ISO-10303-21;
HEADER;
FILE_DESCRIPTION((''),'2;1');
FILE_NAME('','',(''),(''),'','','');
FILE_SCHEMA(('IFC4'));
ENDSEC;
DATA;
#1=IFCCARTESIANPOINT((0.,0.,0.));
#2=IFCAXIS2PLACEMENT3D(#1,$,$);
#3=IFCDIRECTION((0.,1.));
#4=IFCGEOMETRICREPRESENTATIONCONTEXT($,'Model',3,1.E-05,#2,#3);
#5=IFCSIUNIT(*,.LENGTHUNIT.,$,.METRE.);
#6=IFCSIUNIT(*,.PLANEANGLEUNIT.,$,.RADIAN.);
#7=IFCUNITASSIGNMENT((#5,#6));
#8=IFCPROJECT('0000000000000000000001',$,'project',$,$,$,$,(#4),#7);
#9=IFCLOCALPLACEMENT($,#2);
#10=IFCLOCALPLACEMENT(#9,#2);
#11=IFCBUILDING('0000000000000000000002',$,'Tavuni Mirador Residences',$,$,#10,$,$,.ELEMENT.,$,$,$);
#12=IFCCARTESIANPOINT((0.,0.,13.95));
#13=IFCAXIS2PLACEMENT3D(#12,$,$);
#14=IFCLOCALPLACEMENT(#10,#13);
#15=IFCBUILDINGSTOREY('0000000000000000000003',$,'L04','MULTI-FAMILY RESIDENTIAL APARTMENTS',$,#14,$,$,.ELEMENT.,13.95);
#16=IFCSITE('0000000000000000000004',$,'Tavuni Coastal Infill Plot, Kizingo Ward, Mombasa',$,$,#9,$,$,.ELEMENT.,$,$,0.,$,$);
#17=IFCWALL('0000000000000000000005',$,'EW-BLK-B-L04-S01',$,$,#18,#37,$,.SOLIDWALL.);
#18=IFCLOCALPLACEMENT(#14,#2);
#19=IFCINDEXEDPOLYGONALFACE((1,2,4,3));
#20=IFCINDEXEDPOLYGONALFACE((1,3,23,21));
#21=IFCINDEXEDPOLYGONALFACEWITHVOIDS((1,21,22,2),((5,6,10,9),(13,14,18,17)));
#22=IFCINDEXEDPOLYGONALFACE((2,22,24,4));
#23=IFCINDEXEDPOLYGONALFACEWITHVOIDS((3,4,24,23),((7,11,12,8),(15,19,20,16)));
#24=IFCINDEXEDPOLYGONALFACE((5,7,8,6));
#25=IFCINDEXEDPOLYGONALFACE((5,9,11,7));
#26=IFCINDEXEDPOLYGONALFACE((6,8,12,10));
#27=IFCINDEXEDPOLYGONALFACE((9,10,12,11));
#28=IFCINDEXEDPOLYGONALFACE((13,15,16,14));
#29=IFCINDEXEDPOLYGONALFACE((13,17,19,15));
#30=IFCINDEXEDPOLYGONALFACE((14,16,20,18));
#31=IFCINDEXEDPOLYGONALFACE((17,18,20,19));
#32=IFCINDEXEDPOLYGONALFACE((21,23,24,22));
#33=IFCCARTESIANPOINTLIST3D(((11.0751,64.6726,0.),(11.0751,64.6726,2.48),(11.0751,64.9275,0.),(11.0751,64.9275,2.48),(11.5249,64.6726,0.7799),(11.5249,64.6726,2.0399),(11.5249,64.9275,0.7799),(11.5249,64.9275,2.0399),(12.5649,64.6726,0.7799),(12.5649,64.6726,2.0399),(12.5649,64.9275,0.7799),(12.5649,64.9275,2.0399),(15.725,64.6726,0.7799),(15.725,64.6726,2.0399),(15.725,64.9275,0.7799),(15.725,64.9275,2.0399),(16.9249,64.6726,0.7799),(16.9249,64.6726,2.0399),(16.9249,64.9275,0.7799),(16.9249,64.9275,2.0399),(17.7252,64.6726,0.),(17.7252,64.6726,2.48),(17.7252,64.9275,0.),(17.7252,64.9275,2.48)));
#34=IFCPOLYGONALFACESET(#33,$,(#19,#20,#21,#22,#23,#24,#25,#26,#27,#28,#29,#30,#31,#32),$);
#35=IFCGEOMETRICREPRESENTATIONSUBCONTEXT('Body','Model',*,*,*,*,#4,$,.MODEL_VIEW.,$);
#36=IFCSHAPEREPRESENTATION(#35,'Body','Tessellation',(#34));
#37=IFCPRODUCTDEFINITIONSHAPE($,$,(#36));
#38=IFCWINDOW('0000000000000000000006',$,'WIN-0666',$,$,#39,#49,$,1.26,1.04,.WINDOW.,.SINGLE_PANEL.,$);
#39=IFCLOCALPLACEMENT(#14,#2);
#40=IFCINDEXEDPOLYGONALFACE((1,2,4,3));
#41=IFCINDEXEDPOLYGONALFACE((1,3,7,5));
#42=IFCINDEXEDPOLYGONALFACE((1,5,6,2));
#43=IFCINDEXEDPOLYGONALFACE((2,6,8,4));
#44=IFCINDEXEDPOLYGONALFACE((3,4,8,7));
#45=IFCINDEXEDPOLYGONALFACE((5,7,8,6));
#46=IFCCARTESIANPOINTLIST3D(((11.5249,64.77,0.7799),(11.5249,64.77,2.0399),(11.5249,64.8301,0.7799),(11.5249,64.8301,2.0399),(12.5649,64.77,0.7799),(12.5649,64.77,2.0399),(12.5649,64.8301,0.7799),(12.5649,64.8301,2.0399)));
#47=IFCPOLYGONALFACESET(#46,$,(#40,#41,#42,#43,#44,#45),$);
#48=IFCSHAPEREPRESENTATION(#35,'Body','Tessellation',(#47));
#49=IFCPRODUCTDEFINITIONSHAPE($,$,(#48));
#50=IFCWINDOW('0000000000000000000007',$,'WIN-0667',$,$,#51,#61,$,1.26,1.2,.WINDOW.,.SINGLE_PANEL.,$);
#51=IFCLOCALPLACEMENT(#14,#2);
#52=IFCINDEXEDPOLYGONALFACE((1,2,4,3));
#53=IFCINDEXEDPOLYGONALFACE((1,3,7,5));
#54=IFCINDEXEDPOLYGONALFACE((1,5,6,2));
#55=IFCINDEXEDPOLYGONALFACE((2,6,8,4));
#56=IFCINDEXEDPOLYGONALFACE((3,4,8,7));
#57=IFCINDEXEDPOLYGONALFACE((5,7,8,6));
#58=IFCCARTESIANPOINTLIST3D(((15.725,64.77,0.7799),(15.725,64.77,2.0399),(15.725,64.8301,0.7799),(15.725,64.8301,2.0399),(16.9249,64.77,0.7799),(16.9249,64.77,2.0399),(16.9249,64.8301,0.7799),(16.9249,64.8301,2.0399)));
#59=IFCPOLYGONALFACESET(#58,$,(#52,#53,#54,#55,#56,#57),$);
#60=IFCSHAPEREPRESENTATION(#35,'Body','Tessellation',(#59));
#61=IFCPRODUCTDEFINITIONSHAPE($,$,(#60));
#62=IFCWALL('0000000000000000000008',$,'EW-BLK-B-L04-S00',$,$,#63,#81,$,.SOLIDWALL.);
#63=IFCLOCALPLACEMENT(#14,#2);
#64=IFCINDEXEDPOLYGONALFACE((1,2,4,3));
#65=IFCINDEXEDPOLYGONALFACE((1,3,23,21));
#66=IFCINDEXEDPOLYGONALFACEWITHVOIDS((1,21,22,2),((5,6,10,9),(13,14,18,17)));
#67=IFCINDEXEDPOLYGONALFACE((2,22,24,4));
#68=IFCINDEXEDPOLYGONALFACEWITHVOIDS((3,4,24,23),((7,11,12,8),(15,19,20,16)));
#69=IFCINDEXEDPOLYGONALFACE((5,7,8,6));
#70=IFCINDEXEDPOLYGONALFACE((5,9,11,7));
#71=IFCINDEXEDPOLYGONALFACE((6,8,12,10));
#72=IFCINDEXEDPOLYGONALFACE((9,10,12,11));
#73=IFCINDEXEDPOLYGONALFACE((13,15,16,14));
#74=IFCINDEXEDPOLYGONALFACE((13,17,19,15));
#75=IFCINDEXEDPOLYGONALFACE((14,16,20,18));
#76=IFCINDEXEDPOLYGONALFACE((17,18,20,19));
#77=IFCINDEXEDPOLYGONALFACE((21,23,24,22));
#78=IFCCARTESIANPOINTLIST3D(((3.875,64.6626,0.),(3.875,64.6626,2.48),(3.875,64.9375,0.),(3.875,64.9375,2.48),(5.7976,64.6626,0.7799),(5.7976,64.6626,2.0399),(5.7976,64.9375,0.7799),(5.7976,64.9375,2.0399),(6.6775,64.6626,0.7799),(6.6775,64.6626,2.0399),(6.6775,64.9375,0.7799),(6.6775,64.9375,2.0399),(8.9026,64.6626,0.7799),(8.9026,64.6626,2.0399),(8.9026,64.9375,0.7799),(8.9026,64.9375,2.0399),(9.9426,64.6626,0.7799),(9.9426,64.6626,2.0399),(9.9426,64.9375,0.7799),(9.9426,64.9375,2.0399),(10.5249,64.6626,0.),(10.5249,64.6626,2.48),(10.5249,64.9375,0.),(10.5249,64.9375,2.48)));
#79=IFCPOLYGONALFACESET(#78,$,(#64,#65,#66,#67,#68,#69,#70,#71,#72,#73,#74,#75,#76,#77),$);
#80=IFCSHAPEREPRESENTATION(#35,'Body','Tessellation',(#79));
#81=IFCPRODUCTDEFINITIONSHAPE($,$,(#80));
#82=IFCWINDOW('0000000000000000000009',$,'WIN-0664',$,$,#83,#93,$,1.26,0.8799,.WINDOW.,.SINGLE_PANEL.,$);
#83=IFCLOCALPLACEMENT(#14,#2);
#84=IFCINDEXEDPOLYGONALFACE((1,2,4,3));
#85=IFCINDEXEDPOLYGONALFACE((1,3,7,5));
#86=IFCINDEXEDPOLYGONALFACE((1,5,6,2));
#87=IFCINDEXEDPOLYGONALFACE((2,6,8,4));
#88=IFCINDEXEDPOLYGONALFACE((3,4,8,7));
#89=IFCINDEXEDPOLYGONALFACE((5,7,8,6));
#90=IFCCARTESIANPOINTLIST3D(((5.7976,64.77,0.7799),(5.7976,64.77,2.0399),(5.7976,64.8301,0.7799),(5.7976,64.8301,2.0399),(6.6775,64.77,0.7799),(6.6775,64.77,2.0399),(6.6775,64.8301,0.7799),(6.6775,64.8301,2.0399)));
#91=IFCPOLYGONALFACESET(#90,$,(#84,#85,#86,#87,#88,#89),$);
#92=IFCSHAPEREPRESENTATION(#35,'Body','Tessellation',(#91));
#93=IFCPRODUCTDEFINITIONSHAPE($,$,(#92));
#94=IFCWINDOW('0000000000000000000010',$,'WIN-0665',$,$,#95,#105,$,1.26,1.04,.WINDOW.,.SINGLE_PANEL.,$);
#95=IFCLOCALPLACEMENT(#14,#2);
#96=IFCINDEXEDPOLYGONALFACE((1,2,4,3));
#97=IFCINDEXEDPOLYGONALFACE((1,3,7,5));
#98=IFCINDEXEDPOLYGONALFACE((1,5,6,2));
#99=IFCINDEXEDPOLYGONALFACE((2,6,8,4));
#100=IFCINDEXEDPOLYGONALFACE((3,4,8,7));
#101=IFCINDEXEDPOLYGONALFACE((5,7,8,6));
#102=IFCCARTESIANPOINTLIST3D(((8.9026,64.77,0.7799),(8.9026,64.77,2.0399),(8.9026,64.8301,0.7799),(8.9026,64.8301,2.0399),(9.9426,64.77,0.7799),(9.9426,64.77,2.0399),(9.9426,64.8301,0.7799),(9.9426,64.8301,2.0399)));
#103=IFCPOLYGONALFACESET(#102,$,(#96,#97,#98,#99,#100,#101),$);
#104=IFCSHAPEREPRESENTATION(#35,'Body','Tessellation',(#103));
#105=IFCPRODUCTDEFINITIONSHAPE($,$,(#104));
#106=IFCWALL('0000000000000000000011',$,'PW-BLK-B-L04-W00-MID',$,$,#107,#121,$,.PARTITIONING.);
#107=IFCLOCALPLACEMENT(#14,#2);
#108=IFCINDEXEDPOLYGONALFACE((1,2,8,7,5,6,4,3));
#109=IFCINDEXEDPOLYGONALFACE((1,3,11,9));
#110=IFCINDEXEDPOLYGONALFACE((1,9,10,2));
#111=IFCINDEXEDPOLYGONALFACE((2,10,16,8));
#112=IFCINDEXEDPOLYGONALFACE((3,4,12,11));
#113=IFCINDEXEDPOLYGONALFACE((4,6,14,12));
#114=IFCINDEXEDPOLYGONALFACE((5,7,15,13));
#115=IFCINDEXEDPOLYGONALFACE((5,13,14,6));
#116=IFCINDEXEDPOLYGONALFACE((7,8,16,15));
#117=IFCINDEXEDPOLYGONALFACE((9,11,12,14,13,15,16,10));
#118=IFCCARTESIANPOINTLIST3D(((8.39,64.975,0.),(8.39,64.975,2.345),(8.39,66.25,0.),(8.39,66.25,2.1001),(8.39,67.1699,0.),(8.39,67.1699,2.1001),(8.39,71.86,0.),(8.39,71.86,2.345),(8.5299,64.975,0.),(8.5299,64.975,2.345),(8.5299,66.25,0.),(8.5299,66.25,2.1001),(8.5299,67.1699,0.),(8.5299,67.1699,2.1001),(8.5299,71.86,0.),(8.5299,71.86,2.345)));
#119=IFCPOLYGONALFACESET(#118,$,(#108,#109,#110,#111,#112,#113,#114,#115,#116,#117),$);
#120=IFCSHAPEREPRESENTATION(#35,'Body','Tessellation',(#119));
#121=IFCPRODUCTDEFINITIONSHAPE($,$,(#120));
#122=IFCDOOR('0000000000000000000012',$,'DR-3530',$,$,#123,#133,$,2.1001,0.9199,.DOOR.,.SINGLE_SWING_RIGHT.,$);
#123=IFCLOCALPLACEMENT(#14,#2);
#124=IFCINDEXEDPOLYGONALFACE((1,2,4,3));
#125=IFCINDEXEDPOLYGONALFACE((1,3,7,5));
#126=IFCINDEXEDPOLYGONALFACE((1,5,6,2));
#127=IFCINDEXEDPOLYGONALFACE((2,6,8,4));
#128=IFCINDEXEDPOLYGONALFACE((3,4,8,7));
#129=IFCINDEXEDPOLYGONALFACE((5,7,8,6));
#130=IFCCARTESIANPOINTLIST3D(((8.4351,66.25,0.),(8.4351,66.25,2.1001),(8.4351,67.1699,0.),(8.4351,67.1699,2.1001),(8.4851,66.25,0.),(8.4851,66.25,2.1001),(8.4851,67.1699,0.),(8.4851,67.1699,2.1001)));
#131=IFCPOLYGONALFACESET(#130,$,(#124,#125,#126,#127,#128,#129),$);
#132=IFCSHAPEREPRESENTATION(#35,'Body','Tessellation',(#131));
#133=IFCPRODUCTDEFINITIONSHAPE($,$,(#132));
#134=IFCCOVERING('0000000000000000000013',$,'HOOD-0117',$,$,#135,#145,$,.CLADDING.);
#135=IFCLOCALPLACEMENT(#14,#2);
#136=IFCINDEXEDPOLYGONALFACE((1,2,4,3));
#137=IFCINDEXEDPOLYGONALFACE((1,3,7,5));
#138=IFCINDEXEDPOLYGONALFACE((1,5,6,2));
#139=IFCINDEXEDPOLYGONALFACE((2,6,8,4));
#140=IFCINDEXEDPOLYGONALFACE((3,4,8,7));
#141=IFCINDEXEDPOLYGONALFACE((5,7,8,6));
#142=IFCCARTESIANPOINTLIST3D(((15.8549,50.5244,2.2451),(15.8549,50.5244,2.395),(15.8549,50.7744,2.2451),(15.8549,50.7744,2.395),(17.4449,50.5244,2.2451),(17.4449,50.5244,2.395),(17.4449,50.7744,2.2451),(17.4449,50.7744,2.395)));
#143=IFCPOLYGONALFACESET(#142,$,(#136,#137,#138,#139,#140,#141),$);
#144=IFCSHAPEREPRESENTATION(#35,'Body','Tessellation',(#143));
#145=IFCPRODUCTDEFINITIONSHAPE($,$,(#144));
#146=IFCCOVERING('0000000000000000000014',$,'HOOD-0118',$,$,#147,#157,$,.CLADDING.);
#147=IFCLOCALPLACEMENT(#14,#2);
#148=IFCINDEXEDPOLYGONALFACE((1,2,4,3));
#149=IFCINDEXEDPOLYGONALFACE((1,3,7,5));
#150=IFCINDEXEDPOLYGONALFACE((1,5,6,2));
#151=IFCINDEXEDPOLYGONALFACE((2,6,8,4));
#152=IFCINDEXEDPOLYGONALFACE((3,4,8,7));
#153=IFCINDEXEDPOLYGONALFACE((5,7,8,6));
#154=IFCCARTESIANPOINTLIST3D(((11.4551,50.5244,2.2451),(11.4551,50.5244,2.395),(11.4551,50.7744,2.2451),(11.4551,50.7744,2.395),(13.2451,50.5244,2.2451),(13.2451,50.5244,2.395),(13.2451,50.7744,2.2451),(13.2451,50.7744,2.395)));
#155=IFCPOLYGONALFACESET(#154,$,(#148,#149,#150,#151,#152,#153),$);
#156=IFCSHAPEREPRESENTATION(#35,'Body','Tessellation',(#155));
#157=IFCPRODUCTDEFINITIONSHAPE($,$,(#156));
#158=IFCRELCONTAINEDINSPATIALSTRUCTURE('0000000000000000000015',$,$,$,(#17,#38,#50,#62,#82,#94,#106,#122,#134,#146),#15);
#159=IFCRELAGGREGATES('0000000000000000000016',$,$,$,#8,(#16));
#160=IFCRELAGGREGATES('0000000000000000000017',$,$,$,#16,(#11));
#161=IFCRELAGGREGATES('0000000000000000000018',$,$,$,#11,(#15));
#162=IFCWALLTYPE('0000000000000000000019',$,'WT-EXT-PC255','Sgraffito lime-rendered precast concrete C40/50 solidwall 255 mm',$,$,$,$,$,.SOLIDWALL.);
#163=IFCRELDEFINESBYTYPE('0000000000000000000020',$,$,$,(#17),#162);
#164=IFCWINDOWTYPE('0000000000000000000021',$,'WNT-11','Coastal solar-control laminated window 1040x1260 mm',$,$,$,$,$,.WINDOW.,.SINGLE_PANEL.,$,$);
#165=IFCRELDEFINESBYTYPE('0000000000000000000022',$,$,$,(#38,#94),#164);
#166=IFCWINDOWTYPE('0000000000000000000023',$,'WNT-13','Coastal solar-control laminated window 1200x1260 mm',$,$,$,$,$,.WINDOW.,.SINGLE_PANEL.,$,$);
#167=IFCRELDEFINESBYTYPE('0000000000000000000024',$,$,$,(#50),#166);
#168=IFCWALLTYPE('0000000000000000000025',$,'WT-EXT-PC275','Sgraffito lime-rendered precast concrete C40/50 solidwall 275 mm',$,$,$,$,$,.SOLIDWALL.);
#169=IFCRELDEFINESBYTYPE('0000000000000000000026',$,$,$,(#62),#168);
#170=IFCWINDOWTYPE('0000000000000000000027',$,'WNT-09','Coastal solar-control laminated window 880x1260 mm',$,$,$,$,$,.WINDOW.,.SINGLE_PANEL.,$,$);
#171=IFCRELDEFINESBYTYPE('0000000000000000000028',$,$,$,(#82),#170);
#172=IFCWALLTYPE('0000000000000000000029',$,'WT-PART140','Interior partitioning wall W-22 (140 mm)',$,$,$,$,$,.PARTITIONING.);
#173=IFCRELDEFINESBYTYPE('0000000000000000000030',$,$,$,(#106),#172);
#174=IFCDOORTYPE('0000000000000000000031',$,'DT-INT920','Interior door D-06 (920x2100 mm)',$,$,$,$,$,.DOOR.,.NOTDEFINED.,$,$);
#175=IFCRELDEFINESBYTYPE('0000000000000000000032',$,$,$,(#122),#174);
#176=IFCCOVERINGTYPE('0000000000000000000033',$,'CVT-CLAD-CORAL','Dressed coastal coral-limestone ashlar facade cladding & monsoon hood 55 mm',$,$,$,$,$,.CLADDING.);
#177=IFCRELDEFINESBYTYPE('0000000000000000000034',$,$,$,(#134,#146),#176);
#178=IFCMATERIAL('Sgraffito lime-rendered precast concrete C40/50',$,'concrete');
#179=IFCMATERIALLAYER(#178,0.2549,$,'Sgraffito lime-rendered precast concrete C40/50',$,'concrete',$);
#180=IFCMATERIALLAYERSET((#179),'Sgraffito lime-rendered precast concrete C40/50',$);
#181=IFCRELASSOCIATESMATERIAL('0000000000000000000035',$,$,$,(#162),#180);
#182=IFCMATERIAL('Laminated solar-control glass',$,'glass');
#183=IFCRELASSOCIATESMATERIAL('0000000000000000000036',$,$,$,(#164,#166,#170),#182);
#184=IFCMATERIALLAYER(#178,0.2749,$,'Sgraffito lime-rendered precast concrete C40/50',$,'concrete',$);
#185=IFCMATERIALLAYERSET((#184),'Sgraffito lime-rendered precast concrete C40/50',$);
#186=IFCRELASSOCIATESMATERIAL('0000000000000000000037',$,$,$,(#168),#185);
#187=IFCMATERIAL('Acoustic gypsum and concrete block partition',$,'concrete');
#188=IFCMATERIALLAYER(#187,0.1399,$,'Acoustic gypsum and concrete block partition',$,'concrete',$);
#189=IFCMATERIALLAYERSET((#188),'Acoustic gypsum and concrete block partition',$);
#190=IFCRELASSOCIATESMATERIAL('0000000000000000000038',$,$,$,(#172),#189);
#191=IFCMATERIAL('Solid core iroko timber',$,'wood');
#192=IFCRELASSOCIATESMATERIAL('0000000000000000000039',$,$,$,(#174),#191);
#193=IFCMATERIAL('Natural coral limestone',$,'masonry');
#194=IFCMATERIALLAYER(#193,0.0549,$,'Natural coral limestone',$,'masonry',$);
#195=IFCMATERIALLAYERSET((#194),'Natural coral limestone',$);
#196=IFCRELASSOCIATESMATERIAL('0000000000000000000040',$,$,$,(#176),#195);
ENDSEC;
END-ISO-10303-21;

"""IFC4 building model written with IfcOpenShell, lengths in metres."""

from ifc_helpers import new_model, si_unit, direction, frame, frame_2d, origin, origin_2d, place, context, subcontext, project, spatial, rectangle, extrude, material, layer, layer_set, type_object, element, fill, save


model = new_model("IFC4")

# Units and contexts
model_context = context("Model", 3, precision=1e-05, world=origin(), true_north=direction((0.0, 1.0)))
body_context = subcontext(model_context, "Body", "Model", "MODEL_VIEW")
ifc_project = project(units=[si_unit("LENGTHUNIT", "METRE"), si_unit("PLANEANGLEUNIT", "RADIAN")], contexts=[model_context])

# Site, building, storey
site_placement = place(None, origin())
site = spatial("IfcSite", under=ifc_project, at=site_placement, Name="Tavuni Coastal Infill Plot, Kizingo Ward, Mombasa", CompositionType="ELEMENT", RefElevation=0.0)
building_placement = place(site_placement, origin())
building = spatial("IfcBuilding", under=site, at=building_placement, Name="Tavuni Mirador Residences", CompositionType="ELEMENT")
storey_placement = place(building_placement, frame((0.0, 0.0, 13.95)))
storey = spatial("IfcBuildingStorey", under=building, at=storey_placement, Name="L04", Description="MULTI-FAMILY RESIDENTIAL APARTMENTS", CompositionType="ELEMENT", Elevation=13.95)

# Walls, openings, windows
ifc_material_1 = material(Name="Sgraffito lime-rendered precast concrete C40/50", Category="concrete")
ifc_layer_1 = layer(ifc_material_1, 0.2549, Name="Sgraffito lime-rendered precast concrete C40/50", Category="concrete")
ifc_layer_set_1 = layer_set([ifc_layer_1], Name="Sgraffito lime-rendered precast concrete C40/50")
wall_type_1 = type_object("IfcWallType", Name="WT-EXT-PC255", Description="Sgraffito lime-rendered precast concrete C40/50 solidwall 255 mm", PredefinedType="SOLIDWALL", material=ifc_layer_set_1)
wall_1_placement = place(storey_placement, frame((11.075, 64.8, 0.0), z_axis=(0.0, 0.0, 1.0), x_axis=(1.0, 0.0, 0.0)))
wall_1 = element("IfcWall", 1, at=wall_1_placement, inside=storey, type_object=wall_type_1, Name="EW-BLK-B-L04-S01", PredefinedType="SOLIDWALL", context=body_context, shape_type="SweptSolid", body=[
    extrude(rectangle(XDim=6.6501, YDim=0.2549, at=frame_2d((3.3252, 0.0))), origin(), (0.0, 0.0, 1.0), 2.48),
])
opening_1_placement = place(wall_1_placement, frame((0.45, 0.0, 0.78)))
opening_1 = element("IfcOpeningElement", 2, at=opening_1_placement, cuts=wall_1, PredefinedType="OPENING", context=body_context, shape_type="SweptSolid", body=[
    extrude(rectangle(XDim=1.04, YDim=1.26, at=frame_2d((0.52, 0.6299))), frame((0.0, 0.1375, 0.0), z_axis=(0.0, -1.0, 0.0), x_axis=(1.0, 0.0, 0.0)), (0.0, 0.0, 1.0), 0.2749),
])
opening_2_placement = place(wall_1_placement, frame((4.6499, 0.0, 0.78)))
opening_2 = element("IfcOpeningElement", 3, at=opening_2_placement, cuts=wall_1, PredefinedType="OPENING", context=body_context, shape_type="SweptSolid", body=[
    extrude(rectangle(XDim=1.2, YDim=1.26, at=frame_2d((0.6001, 0.6299))), frame((0.0, 0.1375, 0.0), z_axis=(0.0, -1.0, 0.0), x_axis=(1.0, 0.0, 0.0)), (0.0, 0.0, 1.0), 0.2749),
])
ifc_material_2 = material(Name="Laminated solar-control glass", Category="glass")
window_type_1 = type_object("IfcWindowType", Name="WNT-11", Description="Coastal solar-control laminated window 1040x1260 mm", PartitioningType="SINGLE_PANEL", PredefinedType="WINDOW", material=ifc_material_2)
window_1_placement = place(opening_1_placement, origin())
window_1 = element("IfcWindow", 4, at=window_1_placement, inside=storey, type_object=window_type_1, Name="WIN-0666", OverallHeight=1.26, OverallWidth=1.04, PartitioningType="SINGLE_PANEL", PredefinedType="WINDOW", context=body_context, shape_type="SweptSolid", body=[
    extrude(rectangle(XDim=1.04, YDim=1.26, at=frame_2d((0.52, 0.6299))), frame((0.0, 0.03, 0.0), z_axis=(0.0, -1.0, 0.0), x_axis=(1.0, 0.0, 0.0)), (0.0, 0.0, 1.0), 0.0601),
])
fill(opening_1, window_1)
window_type_2 = type_object("IfcWindowType", Name="WNT-13", Description="Coastal solar-control laminated window 1200x1260 mm", PartitioningType="SINGLE_PANEL", PredefinedType="WINDOW", material=ifc_material_2)
window_2_placement = place(opening_2_placement, origin())
window_2 = element("IfcWindow", 5, at=window_2_placement, inside=storey, type_object=window_type_2, Name="WIN-0667", OverallHeight=1.26, OverallWidth=1.2, PartitioningType="SINGLE_PANEL", PredefinedType="WINDOW", context=body_context, shape_type="SweptSolid", body=[
    extrude(rectangle(XDim=1.2, YDim=1.26, at=frame_2d((0.6001, 0.6299))), frame((0.0, 0.03, 0.0), z_axis=(0.0, -1.0, 0.0), x_axis=(1.0, 0.0, 0.0)), (0.0, 0.0, 1.0), 0.0601),
])
fill(opening_2, window_2)
ifc_layer_2 = layer(ifc_material_1, 0.2749, Name="Sgraffito lime-rendered precast concrete C40/50", Category="concrete")
ifc_layer_set_2 = layer_set([ifc_layer_2], Name="Sgraffito lime-rendered precast concrete C40/50")
wall_type_2 = type_object("IfcWallType", Name="WT-EXT-PC275", Description="Sgraffito lime-rendered precast concrete C40/50 solidwall 275 mm", PredefinedType="SOLIDWALL", material=ifc_layer_set_2)
wall_2_placement = place(storey_placement, frame((3.875, 64.8, 0.0), z_axis=(0.0, 0.0, 1.0), x_axis=(1.0, 0.0, 0.0)))
wall_2 = element("IfcWall", 6, at=wall_2_placement, inside=storey, type_object=wall_type_2, Name="EW-BLK-B-L04-S00", PredefinedType="SOLIDWALL", context=body_context, shape_type="SweptSolid", body=[
    extrude(rectangle(XDim=6.6499, YDim=0.2749, at=frame_2d((3.325, 0.0))), origin(), (0.0, 0.0, 1.0), 2.48),
])
opening_3_placement = place(wall_2_placement, frame((1.9226, 0.0, 0.78)))
opening_3 = element("IfcOpeningElement", 7, at=opening_3_placement, cuts=wall_2, PredefinedType="OPENING", context=body_context, shape_type="SweptSolid", body=[
    extrude(rectangle(XDim=0.8799, YDim=1.26, at=frame_2d((0.4399, 0.6299))), frame((0.0, 0.1475, 0.0), z_axis=(0.0, -1.0, 0.0), x_axis=(1.0, 0.0, 0.0)), (0.0, 0.0, 1.0), 0.2949),
])
opening_4_placement = place(wall_2_placement, frame((5.0276, 0.0, 0.78)))
opening_4 = element("IfcOpeningElement", 8, at=opening_4_placement, cuts=wall_2, PredefinedType="OPENING", context=body_context, shape_type="SweptSolid", body=[
    extrude(rectangle(XDim=1.04, YDim=1.26, at=frame_2d((0.52, 0.6299))), frame((0.0, 0.1475, 0.0), z_axis=(0.0, -1.0, 0.0), x_axis=(1.0, 0.0, 0.0)), (0.0, 0.0, 1.0), 0.2949),
])
window_type_3 = type_object("IfcWindowType", Name="WNT-09", Description="Coastal solar-control laminated window 880x1260 mm", PartitioningType="SINGLE_PANEL", PredefinedType="WINDOW", material=ifc_material_2)
window_3_placement = place(opening_3_placement, origin())
window_3 = element("IfcWindow", 9, at=window_3_placement, inside=storey, type_object=window_type_3, Name="WIN-0664", OverallHeight=1.26, OverallWidth=0.8799, PartitioningType="SINGLE_PANEL", PredefinedType="WINDOW", context=body_context, shape_type="SweptSolid", body=[
    extrude(rectangle(XDim=0.8799, YDim=1.26, at=frame_2d((0.4399, 0.6299))), frame((0.0, 0.03, 0.0), z_axis=(0.0, -1.0, 0.0), x_axis=(1.0, 0.0, 0.0)), (0.0, 0.0, 1.0), 0.0601),
])
fill(opening_3, window_3)
window_4_placement = place(opening_4_placement, origin())
window_4 = element("IfcWindow", 10, at=window_4_placement, inside=storey, type_object=window_type_1, Name="WIN-0665", OverallHeight=1.26, OverallWidth=1.04, PartitioningType="SINGLE_PANEL", PredefinedType="WINDOW", context=body_context, shape_type="SweptSolid", body=[
    extrude(rectangle(XDim=1.04, YDim=1.26, at=frame_2d((0.52, 0.6299))), frame((0.0, 0.03, 0.0), z_axis=(0.0, -1.0, 0.0), x_axis=(1.0, 0.0, 0.0)), (0.0, 0.0, 1.0), 0.0601),
])
fill(opening_4, window_4)

# Wall, opening, door
ifc_material_3 = material(Name="Acoustic gypsum and concrete block partition", Category="concrete")
ifc_layer_3 = layer(ifc_material_3, 0.1399, Name="Acoustic gypsum and concrete block partition", Category="concrete")
ifc_layer_set_3 = layer_set([ifc_layer_3], Name="Acoustic gypsum and concrete block partition")
wall_type_3 = type_object("IfcWallType", Name="WT-PART140", Description="Interior partitioning wall W-22 (140 mm)", PredefinedType="PARTITIONING", material=ifc_layer_set_3)
wall_3_placement = place(storey_placement, frame((8.46, 64.9751, 0.0), z_axis=(0.0, 0.0, 1.0), x_axis=(0.0, 1.0, 0.0)))
wall_3 = element("IfcWall", 11, at=wall_3_placement, inside=storey, type_object=wall_type_3, Name="PW-BLK-B-L04-W00-MID", PredefinedType="PARTITIONING", context=body_context, shape_type="SweptSolid", body=[
    extrude(rectangle(XDim=6.885, YDim=0.1399, at=frame_2d((3.4424, 0.0))), origin(), (0.0, 0.0, 1.0), 2.345),
])
opening_5_placement = place(wall_3_placement, frame((1.2749, 0.0, 0.0)))
opening_5 = element("IfcOpeningElement", 12, at=opening_5_placement, cuts=wall_3, PredefinedType="OPENING", context=body_context, shape_type="SweptSolid", body=[
    extrude(rectangle(XDim=0.9199, YDim=2.1001, at=frame_2d((0.46, 1.05))), frame((0.0, 0.0801, 0.0), z_axis=(0.0, -1.0, 0.0), x_axis=(1.0, 0.0, 0.0)), (0.0, 0.0, 1.0), 0.1599),
])
ifc_material_4 = material(Name="Solid core iroko timber", Category="wood")
door_type = type_object("IfcDoorType", Name="DT-INT920", Description="Interior door D-06 (920x2100 mm)", OperationType="NOTDEFINED", PredefinedType="DOOR", material=ifc_material_4)
door_placement = place(opening_5_placement, origin())
door = element("IfcDoor", 13, at=door_placement, inside=storey, type_object=door_type, Name="DR-3530", OperationType="SINGLE_SWING_RIGHT", OverallHeight=2.1001, OverallWidth=0.9199, PredefinedType="DOOR", context=body_context, shape_type="SweptSolid", body=[
    extrude(rectangle(XDim=0.9199, YDim=2.1001, at=frame_2d((0.46, 1.05))), frame((0.0, 0.0249, 0.0), z_axis=(0.0, -1.0, 0.0), x_axis=(1.0, 0.0, 0.0)), (0.0, 0.0, 1.0), 0.05),
])
fill(opening_5, door)

# Coverings
ifc_material_5 = material(Name="Natural coral limestone", Category="masonry")
ifc_layer_4 = layer(ifc_material_5, 0.0549, Name="Natural coral limestone", Category="masonry")
ifc_layer_set_4 = layer_set([ifc_layer_4], Name="Natural coral limestone")
covering_type = type_object("IfcCoveringType", Name="CVT-CLAD-CORAL", Description="Dressed coastal coral-limestone ashlar facade cladding & monsoon hood 55 mm", PredefinedType="CLADDING", material=ifc_layer_set_4)
covering_1_placement = place(storey_placement, frame((16.6499, 50.6494, 2.2451), z_axis=(0.0, 0.0, 1.0), x_axis=(-1.0, 0.0, 0.0)))
element("IfcCovering", 14, at=covering_1_placement, inside=storey, type_object=covering_type, Name="HOOD-0117", PredefinedType="CLADDING", context=body_context, shape_type="SweptSolid", body=[
    extrude(rectangle(XDim=1.5901, YDim=0.25, at=origin_2d()), origin(), (0.0, 0.0, 1.0), 0.1499),
])
covering_2_placement = place(storey_placement, frame((12.3501, 50.6494, 2.2451), z_axis=(0.0, 0.0, 1.0), x_axis=(-1.0, 0.0, 0.0)))
element("IfcCovering", 15, at=covering_2_placement, inside=storey, type_object=covering_type, Name="HOOD-0118", PredefinedType="CLADDING", context=body_context, shape_type="SweptSolid", body=[
    extrude(rectangle(XDim=1.79, YDim=0.25, at=origin_2d()), origin(), (0.0, 0.0, 1.0), 0.1499),
])

save(model, "model.ifc")
